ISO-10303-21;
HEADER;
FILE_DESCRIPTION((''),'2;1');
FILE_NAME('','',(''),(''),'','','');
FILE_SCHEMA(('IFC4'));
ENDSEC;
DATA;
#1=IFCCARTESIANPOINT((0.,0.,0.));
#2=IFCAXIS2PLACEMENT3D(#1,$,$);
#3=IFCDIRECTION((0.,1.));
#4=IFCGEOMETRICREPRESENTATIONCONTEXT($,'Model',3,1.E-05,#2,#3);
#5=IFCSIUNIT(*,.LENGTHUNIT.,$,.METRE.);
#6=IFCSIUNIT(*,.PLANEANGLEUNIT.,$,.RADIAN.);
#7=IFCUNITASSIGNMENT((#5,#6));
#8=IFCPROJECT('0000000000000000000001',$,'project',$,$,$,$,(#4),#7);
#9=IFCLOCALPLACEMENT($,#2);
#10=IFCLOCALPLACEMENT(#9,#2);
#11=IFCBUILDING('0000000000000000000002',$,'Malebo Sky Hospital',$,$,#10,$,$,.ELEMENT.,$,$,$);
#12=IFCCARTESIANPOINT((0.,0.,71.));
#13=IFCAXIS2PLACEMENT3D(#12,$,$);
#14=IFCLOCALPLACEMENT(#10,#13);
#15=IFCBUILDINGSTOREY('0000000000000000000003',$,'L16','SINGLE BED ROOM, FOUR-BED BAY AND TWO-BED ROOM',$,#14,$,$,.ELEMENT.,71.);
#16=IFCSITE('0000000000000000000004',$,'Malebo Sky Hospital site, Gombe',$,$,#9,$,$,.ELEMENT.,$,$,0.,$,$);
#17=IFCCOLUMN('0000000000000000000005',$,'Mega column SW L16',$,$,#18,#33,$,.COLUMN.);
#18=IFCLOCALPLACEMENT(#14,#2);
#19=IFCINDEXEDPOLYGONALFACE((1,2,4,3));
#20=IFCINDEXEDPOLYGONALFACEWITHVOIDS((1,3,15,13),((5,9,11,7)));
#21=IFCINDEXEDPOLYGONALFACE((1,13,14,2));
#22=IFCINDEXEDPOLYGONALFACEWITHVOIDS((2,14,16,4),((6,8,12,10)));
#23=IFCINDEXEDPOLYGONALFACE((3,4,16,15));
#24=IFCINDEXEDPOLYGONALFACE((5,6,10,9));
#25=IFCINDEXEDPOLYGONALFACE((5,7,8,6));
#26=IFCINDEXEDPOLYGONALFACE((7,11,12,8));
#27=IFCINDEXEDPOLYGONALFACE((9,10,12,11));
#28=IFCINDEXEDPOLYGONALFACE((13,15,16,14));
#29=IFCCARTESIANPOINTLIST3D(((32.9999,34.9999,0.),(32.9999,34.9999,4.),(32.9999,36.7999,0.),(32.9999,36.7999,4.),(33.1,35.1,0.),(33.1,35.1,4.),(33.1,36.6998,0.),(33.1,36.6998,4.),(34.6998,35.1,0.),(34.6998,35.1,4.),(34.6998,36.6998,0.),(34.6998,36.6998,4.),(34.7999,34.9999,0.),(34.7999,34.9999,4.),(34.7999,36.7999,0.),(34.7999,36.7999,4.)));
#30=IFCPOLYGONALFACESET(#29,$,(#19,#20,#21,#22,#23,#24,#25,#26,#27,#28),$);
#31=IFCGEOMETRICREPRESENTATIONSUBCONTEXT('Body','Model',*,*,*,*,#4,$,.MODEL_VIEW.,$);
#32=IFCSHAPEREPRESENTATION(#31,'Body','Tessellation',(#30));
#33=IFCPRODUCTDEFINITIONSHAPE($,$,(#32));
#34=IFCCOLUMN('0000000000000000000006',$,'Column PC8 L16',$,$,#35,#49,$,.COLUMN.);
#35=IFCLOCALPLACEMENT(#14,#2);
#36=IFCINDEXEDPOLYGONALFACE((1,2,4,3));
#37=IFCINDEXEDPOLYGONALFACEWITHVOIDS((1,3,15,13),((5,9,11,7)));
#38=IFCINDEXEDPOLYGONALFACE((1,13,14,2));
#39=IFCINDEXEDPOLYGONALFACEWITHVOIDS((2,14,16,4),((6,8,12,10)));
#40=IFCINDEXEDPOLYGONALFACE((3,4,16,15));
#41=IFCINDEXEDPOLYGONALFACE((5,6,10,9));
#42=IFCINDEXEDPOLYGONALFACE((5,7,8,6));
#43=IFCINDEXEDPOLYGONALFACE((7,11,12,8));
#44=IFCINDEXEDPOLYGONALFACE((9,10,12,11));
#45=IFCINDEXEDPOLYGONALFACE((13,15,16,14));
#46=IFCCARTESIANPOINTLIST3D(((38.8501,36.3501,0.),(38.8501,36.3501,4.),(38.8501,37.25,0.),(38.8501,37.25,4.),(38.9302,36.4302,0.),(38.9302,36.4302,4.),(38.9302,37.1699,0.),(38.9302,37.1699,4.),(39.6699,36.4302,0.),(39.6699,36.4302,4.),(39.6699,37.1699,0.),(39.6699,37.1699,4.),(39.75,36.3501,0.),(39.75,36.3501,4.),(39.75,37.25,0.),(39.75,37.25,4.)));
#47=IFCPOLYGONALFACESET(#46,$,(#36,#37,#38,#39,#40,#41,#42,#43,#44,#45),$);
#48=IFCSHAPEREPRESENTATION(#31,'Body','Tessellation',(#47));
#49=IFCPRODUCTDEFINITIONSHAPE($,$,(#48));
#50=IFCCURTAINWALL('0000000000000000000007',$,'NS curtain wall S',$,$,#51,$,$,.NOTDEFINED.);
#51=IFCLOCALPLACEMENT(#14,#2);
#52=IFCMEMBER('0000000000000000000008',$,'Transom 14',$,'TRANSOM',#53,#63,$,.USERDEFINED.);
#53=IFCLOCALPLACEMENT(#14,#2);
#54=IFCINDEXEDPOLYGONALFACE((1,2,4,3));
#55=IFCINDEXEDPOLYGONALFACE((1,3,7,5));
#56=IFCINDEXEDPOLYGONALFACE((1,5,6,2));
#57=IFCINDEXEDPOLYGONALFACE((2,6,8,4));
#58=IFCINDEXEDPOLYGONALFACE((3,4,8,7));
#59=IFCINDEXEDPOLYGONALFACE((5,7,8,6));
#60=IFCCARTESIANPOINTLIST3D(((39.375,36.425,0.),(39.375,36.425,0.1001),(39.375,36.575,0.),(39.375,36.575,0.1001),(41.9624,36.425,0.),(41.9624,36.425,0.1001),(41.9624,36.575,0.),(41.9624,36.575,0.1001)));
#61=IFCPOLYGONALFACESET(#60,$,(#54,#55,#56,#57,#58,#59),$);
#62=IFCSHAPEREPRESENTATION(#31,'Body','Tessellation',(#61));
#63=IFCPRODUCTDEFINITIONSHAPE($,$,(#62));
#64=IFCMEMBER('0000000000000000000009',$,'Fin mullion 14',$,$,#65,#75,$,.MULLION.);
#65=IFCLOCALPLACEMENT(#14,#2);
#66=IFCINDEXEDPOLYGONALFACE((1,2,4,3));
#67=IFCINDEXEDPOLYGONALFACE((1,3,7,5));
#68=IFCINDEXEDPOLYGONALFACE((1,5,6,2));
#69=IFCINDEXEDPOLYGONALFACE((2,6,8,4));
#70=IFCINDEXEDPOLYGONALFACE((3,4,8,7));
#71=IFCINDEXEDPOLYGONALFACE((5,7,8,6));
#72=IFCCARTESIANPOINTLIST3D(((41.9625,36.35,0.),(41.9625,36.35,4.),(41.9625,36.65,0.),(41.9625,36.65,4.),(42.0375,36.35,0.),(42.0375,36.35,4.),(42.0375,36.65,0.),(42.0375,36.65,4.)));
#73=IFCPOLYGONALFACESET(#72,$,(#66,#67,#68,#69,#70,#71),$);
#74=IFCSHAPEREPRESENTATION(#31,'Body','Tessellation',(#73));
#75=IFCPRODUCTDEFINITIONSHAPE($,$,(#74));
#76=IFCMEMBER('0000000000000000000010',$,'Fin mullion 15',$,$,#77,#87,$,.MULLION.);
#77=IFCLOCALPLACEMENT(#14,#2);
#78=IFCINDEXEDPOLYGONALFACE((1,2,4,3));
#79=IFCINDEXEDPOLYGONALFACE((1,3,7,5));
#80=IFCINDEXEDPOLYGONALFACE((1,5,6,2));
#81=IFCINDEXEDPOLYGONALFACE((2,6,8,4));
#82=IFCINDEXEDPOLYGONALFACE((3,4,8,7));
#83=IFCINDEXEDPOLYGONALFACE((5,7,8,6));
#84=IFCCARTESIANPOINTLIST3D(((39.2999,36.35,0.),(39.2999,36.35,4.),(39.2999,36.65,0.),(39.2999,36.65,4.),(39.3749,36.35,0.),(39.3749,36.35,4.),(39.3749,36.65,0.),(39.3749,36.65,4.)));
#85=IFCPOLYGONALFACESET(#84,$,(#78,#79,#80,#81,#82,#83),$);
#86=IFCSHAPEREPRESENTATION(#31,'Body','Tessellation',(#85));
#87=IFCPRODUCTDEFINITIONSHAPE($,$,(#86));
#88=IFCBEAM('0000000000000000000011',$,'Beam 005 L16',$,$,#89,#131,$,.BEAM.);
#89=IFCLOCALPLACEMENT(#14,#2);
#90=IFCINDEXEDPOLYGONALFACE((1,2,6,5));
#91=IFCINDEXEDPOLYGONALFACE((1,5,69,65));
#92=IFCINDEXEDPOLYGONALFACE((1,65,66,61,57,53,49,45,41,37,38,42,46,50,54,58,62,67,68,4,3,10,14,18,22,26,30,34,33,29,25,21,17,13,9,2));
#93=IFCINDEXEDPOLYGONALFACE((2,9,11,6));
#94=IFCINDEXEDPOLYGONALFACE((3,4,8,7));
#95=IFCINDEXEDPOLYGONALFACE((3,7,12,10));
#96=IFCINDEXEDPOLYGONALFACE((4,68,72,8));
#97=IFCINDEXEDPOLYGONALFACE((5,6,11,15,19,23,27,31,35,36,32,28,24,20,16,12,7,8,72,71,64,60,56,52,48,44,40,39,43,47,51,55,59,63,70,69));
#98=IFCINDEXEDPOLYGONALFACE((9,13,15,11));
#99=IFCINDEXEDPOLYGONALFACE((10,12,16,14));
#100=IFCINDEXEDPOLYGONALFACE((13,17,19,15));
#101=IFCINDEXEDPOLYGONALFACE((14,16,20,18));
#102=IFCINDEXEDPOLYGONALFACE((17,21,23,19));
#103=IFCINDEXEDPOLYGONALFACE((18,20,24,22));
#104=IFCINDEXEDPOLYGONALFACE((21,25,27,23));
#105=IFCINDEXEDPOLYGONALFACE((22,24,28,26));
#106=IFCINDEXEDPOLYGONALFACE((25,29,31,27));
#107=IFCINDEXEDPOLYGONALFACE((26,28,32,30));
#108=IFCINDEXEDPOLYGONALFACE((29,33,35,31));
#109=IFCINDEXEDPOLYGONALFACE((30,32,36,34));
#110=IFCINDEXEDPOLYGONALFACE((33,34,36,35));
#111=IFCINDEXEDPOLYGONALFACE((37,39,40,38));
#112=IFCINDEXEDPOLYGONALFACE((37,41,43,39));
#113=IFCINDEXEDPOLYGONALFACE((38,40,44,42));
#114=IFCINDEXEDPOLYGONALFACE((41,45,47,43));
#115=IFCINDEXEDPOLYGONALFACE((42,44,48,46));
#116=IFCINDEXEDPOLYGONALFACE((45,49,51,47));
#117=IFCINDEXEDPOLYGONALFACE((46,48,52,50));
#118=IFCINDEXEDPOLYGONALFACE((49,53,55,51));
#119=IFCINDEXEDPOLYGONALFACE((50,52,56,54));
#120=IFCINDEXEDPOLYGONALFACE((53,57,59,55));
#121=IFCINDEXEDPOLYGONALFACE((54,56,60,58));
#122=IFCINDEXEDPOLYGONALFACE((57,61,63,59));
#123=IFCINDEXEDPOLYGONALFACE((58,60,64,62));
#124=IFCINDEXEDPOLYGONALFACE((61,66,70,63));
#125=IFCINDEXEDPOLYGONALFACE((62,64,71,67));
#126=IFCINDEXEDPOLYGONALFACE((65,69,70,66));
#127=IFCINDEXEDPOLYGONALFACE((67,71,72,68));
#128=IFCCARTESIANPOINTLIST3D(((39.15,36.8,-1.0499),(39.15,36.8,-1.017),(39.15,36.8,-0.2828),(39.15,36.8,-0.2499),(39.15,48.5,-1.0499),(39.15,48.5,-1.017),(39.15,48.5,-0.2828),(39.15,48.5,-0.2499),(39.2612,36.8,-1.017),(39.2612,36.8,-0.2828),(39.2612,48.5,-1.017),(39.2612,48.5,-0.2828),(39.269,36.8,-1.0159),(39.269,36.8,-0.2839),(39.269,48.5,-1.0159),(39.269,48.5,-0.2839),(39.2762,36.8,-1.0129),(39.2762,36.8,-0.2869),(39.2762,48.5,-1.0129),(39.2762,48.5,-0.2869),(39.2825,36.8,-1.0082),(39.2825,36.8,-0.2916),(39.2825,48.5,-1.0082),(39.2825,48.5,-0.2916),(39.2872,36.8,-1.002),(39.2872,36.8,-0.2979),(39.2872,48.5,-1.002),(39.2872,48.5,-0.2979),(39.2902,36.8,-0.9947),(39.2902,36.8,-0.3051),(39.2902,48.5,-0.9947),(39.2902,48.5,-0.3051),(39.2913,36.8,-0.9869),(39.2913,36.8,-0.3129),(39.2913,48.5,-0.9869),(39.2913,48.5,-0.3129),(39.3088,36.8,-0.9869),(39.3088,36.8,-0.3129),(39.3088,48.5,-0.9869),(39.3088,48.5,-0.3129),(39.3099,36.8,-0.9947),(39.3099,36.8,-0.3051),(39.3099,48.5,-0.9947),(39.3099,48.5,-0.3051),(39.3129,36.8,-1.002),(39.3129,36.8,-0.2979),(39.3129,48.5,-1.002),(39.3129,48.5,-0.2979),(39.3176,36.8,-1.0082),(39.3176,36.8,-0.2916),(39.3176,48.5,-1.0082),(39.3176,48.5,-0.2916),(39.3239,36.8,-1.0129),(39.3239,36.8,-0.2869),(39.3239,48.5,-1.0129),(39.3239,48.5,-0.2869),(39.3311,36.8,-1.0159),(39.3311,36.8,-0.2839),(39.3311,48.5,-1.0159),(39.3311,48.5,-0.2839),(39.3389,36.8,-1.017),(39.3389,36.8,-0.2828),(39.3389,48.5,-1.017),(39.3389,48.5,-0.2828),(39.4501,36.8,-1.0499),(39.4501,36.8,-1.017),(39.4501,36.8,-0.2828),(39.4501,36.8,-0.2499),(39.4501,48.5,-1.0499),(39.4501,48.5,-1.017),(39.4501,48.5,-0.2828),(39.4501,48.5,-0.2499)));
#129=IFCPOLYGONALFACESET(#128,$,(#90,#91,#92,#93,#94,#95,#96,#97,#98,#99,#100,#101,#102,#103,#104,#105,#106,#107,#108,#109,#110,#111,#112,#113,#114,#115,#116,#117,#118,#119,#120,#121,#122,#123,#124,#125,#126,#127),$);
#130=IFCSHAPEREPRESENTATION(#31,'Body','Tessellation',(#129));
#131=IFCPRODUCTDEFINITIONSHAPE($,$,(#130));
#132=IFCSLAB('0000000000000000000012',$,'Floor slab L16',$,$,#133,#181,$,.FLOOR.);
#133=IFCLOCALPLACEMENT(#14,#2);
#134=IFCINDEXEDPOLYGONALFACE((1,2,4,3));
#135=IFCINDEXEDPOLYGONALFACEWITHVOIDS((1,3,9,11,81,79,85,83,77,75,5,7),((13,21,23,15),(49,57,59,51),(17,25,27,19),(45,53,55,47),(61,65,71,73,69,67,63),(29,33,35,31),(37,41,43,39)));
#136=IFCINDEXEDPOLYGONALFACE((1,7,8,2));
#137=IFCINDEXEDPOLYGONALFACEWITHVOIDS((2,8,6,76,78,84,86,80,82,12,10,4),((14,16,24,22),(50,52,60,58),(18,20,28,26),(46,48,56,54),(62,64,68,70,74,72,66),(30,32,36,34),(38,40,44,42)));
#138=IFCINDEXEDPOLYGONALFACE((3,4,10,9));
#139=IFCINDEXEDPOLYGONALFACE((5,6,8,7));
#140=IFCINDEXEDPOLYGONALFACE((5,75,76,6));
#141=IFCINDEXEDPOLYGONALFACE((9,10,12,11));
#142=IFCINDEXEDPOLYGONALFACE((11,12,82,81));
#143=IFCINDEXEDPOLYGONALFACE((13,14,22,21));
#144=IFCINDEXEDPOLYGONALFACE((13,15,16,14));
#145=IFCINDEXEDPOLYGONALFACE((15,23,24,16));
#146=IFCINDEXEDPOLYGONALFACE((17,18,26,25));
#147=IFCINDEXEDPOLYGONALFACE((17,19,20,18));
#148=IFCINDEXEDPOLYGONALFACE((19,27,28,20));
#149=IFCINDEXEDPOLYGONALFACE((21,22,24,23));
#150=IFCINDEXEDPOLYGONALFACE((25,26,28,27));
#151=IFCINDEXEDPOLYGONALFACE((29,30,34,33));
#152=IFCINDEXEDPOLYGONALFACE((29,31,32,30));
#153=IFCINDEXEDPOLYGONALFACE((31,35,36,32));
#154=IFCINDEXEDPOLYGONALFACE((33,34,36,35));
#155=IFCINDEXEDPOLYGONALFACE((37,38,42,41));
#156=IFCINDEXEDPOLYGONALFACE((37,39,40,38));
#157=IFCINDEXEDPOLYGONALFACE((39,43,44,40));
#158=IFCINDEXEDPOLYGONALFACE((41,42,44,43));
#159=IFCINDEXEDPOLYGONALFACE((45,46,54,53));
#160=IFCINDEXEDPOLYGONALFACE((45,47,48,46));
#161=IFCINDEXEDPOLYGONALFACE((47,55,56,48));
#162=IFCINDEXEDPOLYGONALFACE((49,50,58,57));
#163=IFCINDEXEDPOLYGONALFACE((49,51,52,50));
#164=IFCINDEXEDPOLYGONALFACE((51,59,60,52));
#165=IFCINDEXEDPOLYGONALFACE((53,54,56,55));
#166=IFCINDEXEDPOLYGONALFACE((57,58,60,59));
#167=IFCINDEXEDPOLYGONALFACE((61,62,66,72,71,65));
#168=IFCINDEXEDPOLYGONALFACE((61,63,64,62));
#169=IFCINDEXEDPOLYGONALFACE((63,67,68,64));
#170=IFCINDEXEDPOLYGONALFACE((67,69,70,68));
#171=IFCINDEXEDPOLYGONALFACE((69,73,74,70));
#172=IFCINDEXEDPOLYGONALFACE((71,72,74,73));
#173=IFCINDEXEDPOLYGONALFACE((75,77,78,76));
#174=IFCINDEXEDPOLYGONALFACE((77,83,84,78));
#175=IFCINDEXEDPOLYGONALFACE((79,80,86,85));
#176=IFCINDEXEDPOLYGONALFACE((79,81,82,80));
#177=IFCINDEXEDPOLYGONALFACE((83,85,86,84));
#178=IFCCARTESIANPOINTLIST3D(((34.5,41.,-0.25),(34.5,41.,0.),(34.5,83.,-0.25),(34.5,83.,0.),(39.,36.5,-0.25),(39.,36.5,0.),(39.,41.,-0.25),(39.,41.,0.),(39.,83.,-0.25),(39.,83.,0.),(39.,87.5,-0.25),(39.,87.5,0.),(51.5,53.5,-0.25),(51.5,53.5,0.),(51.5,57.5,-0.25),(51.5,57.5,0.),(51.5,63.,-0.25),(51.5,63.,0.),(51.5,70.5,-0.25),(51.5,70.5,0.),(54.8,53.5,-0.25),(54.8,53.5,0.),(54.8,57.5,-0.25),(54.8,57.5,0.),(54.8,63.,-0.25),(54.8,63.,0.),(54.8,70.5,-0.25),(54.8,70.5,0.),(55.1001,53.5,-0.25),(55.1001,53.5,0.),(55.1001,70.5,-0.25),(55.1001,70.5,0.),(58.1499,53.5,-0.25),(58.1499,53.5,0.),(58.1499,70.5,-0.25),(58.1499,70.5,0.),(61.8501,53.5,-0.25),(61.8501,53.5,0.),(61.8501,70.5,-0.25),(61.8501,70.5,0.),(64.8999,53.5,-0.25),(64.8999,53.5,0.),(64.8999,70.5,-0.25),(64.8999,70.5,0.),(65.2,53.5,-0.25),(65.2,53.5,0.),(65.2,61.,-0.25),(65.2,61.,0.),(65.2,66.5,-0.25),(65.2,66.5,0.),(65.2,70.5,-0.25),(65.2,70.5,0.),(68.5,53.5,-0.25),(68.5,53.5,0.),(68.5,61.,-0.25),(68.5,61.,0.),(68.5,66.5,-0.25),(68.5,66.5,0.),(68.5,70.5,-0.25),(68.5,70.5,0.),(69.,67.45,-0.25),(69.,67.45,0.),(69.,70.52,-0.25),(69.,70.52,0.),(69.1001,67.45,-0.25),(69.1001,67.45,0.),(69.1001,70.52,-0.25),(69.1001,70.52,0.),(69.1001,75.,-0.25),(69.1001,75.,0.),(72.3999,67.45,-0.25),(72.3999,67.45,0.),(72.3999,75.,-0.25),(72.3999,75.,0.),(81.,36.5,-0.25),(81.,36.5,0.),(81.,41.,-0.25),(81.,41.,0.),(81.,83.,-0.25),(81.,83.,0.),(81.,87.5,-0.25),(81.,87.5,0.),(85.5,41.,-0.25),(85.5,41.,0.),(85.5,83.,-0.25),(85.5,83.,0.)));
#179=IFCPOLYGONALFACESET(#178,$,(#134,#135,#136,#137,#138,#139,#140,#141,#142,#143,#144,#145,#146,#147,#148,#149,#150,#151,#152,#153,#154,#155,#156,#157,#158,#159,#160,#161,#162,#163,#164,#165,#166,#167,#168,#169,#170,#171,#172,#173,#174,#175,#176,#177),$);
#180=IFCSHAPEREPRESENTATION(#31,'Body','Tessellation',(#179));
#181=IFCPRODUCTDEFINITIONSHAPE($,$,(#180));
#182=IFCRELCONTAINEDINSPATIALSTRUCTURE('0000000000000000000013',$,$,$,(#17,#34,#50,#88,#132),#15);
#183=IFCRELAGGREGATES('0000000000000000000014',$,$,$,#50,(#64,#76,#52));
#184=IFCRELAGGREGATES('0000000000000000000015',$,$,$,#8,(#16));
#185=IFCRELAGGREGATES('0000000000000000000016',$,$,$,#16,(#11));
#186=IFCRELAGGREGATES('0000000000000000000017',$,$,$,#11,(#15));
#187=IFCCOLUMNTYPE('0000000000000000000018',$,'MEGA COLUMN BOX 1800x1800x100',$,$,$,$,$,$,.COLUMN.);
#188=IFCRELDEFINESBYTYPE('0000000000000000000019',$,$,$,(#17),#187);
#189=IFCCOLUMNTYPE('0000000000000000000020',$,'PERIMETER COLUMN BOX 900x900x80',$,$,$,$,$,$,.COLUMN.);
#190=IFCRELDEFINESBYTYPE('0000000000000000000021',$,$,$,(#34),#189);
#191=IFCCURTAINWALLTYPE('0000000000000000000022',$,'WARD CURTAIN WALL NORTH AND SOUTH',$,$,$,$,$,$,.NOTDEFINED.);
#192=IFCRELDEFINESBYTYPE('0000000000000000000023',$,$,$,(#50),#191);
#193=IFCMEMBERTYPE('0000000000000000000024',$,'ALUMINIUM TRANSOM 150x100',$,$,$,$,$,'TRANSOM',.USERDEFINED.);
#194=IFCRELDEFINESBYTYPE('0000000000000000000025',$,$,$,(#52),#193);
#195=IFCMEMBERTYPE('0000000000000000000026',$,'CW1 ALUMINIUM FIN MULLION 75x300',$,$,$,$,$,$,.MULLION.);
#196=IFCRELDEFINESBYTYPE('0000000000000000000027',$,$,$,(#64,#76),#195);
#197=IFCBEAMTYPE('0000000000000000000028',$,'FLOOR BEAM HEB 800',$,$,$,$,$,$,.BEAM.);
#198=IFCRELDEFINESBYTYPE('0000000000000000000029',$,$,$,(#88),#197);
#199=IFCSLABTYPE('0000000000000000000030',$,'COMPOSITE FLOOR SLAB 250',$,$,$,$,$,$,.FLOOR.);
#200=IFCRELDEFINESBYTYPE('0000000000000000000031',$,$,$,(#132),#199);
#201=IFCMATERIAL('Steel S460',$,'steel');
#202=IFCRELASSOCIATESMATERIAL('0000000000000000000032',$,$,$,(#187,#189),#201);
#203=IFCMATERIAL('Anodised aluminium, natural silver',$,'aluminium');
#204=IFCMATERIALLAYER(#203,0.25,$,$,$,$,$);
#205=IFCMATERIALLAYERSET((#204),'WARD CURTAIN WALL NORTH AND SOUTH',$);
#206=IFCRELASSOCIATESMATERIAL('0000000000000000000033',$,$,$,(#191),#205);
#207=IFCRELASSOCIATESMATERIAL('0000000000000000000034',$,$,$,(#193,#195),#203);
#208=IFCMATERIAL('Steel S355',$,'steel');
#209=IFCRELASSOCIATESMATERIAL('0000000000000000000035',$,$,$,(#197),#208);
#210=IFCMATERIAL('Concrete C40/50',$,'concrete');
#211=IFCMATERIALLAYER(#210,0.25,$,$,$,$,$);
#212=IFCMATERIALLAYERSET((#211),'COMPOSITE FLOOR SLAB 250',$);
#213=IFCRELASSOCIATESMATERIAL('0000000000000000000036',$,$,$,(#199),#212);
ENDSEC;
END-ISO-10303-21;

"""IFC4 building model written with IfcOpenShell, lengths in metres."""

from ifc_helpers import new_model, si_unit, direction, frame, origin, origin_2d, place, context, subcontext, project, spatial, polyline, rectangle, hollow_rectangle, i_section, outline, extrude, material, layer, layer_set, material_profile, profile_set, type_object, element, aggregate, save


model = new_model("IFC4")

# Units and contexts
model_context = context("Model", 3, precision=1e-05, world=origin(), true_north=direction((0.0, 1.0)))
body_context = subcontext(model_context, "Body", "Model", "MODEL_VIEW")
ifc_project = project(units=[si_unit("LENGTHUNIT", "METRE"), si_unit("PLANEANGLEUNIT", "RADIAN")], contexts=[model_context])

# Site, building, storey
site_placement = place(None, origin())
site = spatial("IfcSite", under=ifc_project, at=site_placement, Name="Malebo Sky Hospital site, Gombe", CompositionType="ELEMENT", RefElevation=0.0)
building_placement = place(site_placement, origin())
building = spatial("IfcBuilding", under=site, at=building_placement, Name="Malebo Sky Hospital", CompositionType="ELEMENT")
storey_placement = place(building_placement, frame((0.0, 0.0, 71.0)))
storey = spatial("IfcBuildingStorey", under=building, at=storey_placement, Name="L16", Description="SINGLE BED ROOM, FOUR-BED BAY AND TWO-BED ROOM", CompositionType="ELEMENT", Elevation=71.0)

# Columns
ifc_material_1 = material(Name="Steel S460", Category="steel")
ifc_material_profile_1 = material_profile(ifc_material_1, hollow_rectangle(XDim=1.8, YDim=1.8, WallThickness=0.1001, at=origin_2d()), Name="BOX 1800x1800x100")
ifc_profile_set_1 = profile_set([ifc_material_profile_1], Name="Steel S460")
column_type_1 = type_object("IfcColumnType", Name="MEGA COLUMN BOX 1800x1800x100", PredefinedType="COLUMN", material=ifc_profile_set_1)
column_1_placement = place(storey_placement, frame((33.8999, 35.8999, 0.0), z_axis=(0.0, 0.0, 1.0), x_axis=(1.0, 0.0, 0.0)))
element("IfcColumn", 1, at=column_1_placement, inside=storey, type_object=column_type_1, Name="Mega column SW L16", PredefinedType="COLUMN", context=body_context, shape_type="SweptSolid", body=[
    extrude(hollow_rectangle(XDim=1.8, YDim=1.8, WallThickness=0.1001, at=origin_2d()), origin(), (0.0, 0.0, 1.0), 4.0),
])
ifc_material_profile_2 = material_profile(ifc_material_1, hollow_rectangle(XDim=0.8999, YDim=0.8999, WallThickness=0.0801, at=origin_2d()), Name="BOX 900x900x80")
ifc_profile_set_2 = profile_set([ifc_material_profile_2], Name="Steel S460")
column_type_2 = type_object("IfcColumnType", Name="PERIMETER COLUMN BOX 900x900x80", PredefinedType="COLUMN", material=ifc_profile_set_2)
column_2_placement = place(storey_placement, frame((39.3, 36.8, 0.0), z_axis=(0.0, 0.0, 1.0), x_axis=(1.0, 0.0, 0.0)))
element("IfcColumn", 2, at=column_2_placement, inside=storey, type_object=column_type_2, Name="Column PC8 L16", PredefinedType="COLUMN", context=body_context, shape_type="SweptSolid", body=[
    extrude(hollow_rectangle(XDim=0.8999, YDim=0.8999, WallThickness=0.0801, at=origin_2d()), origin(), (0.0, 0.0, 1.0), 4.0),
])

# Curtain wall, members
ifc_material_2 = material(Name="Anodised aluminium, natural silver", Category="aluminium")
ifc_layer_1 = layer(ifc_material_2, 0.25)
ifc_layer_set_1 = layer_set([ifc_layer_1], Name="WARD CURTAIN WALL NORTH AND SOUTH")
curtain_wall_type = type_object("IfcCurtainWallType", Name="WARD CURTAIN WALL NORTH AND SOUTH", PredefinedType="NOTDEFINED", material=ifc_layer_set_1)
curtain_wall_placement = place(storey_placement, origin())
curtain_wall = element("IfcCurtainWall", 3, at=curtain_wall_placement, inside=storey, type_object=curtain_wall_type, Name="NS curtain wall S", PredefinedType="NOTDEFINED")
ifc_material_profile_3 = material_profile(ifc_material_2, rectangle(XDim=0.1499, YDim=0.1001, at=origin_2d()), Name="ALUMINIUM TRANSOM 150x100")
ifc_profile_set_3 = profile_set([ifc_material_profile_3], Name="Anodised aluminium, natural silver")
member_type_1 = type_object("IfcMemberType", Name="ALUMINIUM TRANSOM 150x100", ElementType="TRANSOM", PredefinedType="USERDEFINED", material=ifc_profile_set_3)
member_1_placement = place(storey_placement, frame((41.9624, 36.5, 0.05), z_axis=(-1.0, 0.0, 0.0), x_axis=(0.0, -1.0, 0.0)))
member_1 = element("IfcMember", 4, at=member_1_placement, type_object=member_type_1, Name="Transom 14", ObjectType="TRANSOM", PredefinedType="USERDEFINED", context=body_context, shape_type="SweptSolid", body=[
    extrude(rectangle(XDim=0.1499, YDim=0.1001, at=origin_2d()), origin(), (0.0, 0.0, 1.0), 2.5874),
])
ifc_material_profile_4 = material_profile(ifc_material_2, rectangle(XDim=0.075, YDim=0.3, at=origin_2d()), Name="CW1 ALUMINIUM FIN MULLION 75x300")
ifc_profile_set_4 = profile_set([ifc_material_profile_4], Name="Anodised aluminium, natural silver")
member_type_2 = type_object("IfcMemberType", Name="CW1 ALUMINIUM FIN MULLION 75x300", PredefinedType="MULLION", material=ifc_profile_set_4)
member_2_placement = place(storey_placement, frame((42.0, 36.5, 0.0), z_axis=(0.0, 0.0, 1.0), x_axis=(-1.0, 0.0, 0.0)))
member_2 = element("IfcMember", 5, at=member_2_placement, type_object=member_type_2, Name="Fin mullion 14", PredefinedType="MULLION", context=body_context, shape_type="SweptSolid", body=[
    extrude(rectangle(XDim=0.075, YDim=0.3, at=origin_2d()), origin(), (0.0, 0.0, 1.0), 4.0),
])
member_3_placement = place(storey_placement, frame((39.3374, 36.5, 0.0), z_axis=(0.0, 0.0, 1.0), x_axis=(-1.0, 0.0, 0.0)))
member_3 = element("IfcMember", 6, at=member_3_placement, type_object=member_type_2, Name="Fin mullion 15", PredefinedType="MULLION", context=body_context, shape_type="SweptSolid", body=[
    extrude(rectangle(XDim=0.075, YDim=0.3, at=origin_2d()), origin(), (0.0, 0.0, 1.0), 4.0),
])

# Beam
ifc_material_3 = material(Name="Steel S355", Category="steel")
ifc_material_profile_5 = material_profile(ifc_material_3, i_section(OverallWidth=0.3, OverallDepth=0.8, WebThickness=0.0176, FlangeThickness=0.033, FilletRadius=0.03, at=origin_2d()), Name="HEB 800")
ifc_profile_set_5 = profile_set([ifc_material_profile_5], Name="Steel S355")
beam_type = type_object("IfcBeamType", Name="FLOOR BEAM HEB 800", PredefinedType="BEAM", material=ifc_profile_set_5)
beam_placement = place(storey_placement, frame((39.3, 36.8, -0.6499), z_axis=(0.0, 1.0, 0.0), x_axis=(-1.0, 0.0, 0.0)))
element("IfcBeam", 7, at=beam_placement, inside=storey, type_object=beam_type, Name="Beam 005 L16", PredefinedType="BEAM", context=body_context, shape_type="SweptSolid", body=[
    extrude(i_section(OverallWidth=0.3, OverallDepth=0.8, WebThickness=0.0176, FlangeThickness=0.033, FilletRadius=0.03, at=origin_2d()), origin(), (0.0, 0.0, 1.0), 11.7),
])

# Slab
ifc_material_4 = material(Name="Concrete C40/50", Category="concrete")
ifc_layer_2 = layer(ifc_material_4, 0.25)
ifc_layer_set_2 = layer_set([ifc_layer_2], Name="COMPOSITE FLOOR SLAB 250")
slab_type_1 = type_object("IfcSlabType", Name="COMPOSITE FLOOR SLAB 250", PredefinedType="FLOOR", material=ifc_layer_set_2)
slab_1_placement = place(storey_placement, frame((0.0, 0.0, -0.25)))
element("IfcSlab", 8, at=slab_1_placement, inside=storey, type_object=slab_type_1, Name="Floor slab L16", PredefinedType="FLOOR", context=body_context, shape_type="SweptSolid", body=[
    extrude(outline(polyline([(39.0, 87.5), (39.0, 83.0), (34.5, 83.0), (34.5, 41.0), (39.0, 41.0), (39.0, 36.5), (81.0, 36.5), (81.0, 41.0), (85.5, 41.0), (85.5, 83.0), (81.0, 83.0), (81.0, 87.5), (39.0, 87.5)]), holes=[polyline([(55.1001, 70.5), (58.1499, 70.5), (58.1499, 53.5), (55.1001, 53.5), (55.1001, 70.5)]), polyline([(64.8999, 70.5), (64.8999, 53.5), (61.8501, 53.5), (61.8501, 70.5), (64.8999, 70.5)]), polyline([(54.8, 63.0), (51.5, 63.0), (51.5, 70.5), (54.8, 70.5), (54.8, 63.0)]), polyline([(51.5, 53.5), (51.5, 57.5), (54.8, 57.5), (54.8, 53.5), (51.5, 53.5)]), polyline([(65.2, 61.0), (68.5, 61.0), (68.5, 53.5), (65.2, 53.5), (65.2, 61.0)]), polyline([(68.5, 70.5), (68.5, 66.5), (65.2, 66.5), (65.2, 70.5), (68.5, 70.5)]), polyline([(69.0, 67.45), (69.0, 70.52), (69.1001, 70.52), (69.1001, 75.0), (72.3999, 75.0), (72.3999, 67.45), (69.1001, 67.45), (69.0, 67.45)])]), origin(), (0.0, 0.0, 1.0), 0.25),
])

aggregate(curtain_wall, [member_2, member_3, member_1])

save(model, "model.ifc")
